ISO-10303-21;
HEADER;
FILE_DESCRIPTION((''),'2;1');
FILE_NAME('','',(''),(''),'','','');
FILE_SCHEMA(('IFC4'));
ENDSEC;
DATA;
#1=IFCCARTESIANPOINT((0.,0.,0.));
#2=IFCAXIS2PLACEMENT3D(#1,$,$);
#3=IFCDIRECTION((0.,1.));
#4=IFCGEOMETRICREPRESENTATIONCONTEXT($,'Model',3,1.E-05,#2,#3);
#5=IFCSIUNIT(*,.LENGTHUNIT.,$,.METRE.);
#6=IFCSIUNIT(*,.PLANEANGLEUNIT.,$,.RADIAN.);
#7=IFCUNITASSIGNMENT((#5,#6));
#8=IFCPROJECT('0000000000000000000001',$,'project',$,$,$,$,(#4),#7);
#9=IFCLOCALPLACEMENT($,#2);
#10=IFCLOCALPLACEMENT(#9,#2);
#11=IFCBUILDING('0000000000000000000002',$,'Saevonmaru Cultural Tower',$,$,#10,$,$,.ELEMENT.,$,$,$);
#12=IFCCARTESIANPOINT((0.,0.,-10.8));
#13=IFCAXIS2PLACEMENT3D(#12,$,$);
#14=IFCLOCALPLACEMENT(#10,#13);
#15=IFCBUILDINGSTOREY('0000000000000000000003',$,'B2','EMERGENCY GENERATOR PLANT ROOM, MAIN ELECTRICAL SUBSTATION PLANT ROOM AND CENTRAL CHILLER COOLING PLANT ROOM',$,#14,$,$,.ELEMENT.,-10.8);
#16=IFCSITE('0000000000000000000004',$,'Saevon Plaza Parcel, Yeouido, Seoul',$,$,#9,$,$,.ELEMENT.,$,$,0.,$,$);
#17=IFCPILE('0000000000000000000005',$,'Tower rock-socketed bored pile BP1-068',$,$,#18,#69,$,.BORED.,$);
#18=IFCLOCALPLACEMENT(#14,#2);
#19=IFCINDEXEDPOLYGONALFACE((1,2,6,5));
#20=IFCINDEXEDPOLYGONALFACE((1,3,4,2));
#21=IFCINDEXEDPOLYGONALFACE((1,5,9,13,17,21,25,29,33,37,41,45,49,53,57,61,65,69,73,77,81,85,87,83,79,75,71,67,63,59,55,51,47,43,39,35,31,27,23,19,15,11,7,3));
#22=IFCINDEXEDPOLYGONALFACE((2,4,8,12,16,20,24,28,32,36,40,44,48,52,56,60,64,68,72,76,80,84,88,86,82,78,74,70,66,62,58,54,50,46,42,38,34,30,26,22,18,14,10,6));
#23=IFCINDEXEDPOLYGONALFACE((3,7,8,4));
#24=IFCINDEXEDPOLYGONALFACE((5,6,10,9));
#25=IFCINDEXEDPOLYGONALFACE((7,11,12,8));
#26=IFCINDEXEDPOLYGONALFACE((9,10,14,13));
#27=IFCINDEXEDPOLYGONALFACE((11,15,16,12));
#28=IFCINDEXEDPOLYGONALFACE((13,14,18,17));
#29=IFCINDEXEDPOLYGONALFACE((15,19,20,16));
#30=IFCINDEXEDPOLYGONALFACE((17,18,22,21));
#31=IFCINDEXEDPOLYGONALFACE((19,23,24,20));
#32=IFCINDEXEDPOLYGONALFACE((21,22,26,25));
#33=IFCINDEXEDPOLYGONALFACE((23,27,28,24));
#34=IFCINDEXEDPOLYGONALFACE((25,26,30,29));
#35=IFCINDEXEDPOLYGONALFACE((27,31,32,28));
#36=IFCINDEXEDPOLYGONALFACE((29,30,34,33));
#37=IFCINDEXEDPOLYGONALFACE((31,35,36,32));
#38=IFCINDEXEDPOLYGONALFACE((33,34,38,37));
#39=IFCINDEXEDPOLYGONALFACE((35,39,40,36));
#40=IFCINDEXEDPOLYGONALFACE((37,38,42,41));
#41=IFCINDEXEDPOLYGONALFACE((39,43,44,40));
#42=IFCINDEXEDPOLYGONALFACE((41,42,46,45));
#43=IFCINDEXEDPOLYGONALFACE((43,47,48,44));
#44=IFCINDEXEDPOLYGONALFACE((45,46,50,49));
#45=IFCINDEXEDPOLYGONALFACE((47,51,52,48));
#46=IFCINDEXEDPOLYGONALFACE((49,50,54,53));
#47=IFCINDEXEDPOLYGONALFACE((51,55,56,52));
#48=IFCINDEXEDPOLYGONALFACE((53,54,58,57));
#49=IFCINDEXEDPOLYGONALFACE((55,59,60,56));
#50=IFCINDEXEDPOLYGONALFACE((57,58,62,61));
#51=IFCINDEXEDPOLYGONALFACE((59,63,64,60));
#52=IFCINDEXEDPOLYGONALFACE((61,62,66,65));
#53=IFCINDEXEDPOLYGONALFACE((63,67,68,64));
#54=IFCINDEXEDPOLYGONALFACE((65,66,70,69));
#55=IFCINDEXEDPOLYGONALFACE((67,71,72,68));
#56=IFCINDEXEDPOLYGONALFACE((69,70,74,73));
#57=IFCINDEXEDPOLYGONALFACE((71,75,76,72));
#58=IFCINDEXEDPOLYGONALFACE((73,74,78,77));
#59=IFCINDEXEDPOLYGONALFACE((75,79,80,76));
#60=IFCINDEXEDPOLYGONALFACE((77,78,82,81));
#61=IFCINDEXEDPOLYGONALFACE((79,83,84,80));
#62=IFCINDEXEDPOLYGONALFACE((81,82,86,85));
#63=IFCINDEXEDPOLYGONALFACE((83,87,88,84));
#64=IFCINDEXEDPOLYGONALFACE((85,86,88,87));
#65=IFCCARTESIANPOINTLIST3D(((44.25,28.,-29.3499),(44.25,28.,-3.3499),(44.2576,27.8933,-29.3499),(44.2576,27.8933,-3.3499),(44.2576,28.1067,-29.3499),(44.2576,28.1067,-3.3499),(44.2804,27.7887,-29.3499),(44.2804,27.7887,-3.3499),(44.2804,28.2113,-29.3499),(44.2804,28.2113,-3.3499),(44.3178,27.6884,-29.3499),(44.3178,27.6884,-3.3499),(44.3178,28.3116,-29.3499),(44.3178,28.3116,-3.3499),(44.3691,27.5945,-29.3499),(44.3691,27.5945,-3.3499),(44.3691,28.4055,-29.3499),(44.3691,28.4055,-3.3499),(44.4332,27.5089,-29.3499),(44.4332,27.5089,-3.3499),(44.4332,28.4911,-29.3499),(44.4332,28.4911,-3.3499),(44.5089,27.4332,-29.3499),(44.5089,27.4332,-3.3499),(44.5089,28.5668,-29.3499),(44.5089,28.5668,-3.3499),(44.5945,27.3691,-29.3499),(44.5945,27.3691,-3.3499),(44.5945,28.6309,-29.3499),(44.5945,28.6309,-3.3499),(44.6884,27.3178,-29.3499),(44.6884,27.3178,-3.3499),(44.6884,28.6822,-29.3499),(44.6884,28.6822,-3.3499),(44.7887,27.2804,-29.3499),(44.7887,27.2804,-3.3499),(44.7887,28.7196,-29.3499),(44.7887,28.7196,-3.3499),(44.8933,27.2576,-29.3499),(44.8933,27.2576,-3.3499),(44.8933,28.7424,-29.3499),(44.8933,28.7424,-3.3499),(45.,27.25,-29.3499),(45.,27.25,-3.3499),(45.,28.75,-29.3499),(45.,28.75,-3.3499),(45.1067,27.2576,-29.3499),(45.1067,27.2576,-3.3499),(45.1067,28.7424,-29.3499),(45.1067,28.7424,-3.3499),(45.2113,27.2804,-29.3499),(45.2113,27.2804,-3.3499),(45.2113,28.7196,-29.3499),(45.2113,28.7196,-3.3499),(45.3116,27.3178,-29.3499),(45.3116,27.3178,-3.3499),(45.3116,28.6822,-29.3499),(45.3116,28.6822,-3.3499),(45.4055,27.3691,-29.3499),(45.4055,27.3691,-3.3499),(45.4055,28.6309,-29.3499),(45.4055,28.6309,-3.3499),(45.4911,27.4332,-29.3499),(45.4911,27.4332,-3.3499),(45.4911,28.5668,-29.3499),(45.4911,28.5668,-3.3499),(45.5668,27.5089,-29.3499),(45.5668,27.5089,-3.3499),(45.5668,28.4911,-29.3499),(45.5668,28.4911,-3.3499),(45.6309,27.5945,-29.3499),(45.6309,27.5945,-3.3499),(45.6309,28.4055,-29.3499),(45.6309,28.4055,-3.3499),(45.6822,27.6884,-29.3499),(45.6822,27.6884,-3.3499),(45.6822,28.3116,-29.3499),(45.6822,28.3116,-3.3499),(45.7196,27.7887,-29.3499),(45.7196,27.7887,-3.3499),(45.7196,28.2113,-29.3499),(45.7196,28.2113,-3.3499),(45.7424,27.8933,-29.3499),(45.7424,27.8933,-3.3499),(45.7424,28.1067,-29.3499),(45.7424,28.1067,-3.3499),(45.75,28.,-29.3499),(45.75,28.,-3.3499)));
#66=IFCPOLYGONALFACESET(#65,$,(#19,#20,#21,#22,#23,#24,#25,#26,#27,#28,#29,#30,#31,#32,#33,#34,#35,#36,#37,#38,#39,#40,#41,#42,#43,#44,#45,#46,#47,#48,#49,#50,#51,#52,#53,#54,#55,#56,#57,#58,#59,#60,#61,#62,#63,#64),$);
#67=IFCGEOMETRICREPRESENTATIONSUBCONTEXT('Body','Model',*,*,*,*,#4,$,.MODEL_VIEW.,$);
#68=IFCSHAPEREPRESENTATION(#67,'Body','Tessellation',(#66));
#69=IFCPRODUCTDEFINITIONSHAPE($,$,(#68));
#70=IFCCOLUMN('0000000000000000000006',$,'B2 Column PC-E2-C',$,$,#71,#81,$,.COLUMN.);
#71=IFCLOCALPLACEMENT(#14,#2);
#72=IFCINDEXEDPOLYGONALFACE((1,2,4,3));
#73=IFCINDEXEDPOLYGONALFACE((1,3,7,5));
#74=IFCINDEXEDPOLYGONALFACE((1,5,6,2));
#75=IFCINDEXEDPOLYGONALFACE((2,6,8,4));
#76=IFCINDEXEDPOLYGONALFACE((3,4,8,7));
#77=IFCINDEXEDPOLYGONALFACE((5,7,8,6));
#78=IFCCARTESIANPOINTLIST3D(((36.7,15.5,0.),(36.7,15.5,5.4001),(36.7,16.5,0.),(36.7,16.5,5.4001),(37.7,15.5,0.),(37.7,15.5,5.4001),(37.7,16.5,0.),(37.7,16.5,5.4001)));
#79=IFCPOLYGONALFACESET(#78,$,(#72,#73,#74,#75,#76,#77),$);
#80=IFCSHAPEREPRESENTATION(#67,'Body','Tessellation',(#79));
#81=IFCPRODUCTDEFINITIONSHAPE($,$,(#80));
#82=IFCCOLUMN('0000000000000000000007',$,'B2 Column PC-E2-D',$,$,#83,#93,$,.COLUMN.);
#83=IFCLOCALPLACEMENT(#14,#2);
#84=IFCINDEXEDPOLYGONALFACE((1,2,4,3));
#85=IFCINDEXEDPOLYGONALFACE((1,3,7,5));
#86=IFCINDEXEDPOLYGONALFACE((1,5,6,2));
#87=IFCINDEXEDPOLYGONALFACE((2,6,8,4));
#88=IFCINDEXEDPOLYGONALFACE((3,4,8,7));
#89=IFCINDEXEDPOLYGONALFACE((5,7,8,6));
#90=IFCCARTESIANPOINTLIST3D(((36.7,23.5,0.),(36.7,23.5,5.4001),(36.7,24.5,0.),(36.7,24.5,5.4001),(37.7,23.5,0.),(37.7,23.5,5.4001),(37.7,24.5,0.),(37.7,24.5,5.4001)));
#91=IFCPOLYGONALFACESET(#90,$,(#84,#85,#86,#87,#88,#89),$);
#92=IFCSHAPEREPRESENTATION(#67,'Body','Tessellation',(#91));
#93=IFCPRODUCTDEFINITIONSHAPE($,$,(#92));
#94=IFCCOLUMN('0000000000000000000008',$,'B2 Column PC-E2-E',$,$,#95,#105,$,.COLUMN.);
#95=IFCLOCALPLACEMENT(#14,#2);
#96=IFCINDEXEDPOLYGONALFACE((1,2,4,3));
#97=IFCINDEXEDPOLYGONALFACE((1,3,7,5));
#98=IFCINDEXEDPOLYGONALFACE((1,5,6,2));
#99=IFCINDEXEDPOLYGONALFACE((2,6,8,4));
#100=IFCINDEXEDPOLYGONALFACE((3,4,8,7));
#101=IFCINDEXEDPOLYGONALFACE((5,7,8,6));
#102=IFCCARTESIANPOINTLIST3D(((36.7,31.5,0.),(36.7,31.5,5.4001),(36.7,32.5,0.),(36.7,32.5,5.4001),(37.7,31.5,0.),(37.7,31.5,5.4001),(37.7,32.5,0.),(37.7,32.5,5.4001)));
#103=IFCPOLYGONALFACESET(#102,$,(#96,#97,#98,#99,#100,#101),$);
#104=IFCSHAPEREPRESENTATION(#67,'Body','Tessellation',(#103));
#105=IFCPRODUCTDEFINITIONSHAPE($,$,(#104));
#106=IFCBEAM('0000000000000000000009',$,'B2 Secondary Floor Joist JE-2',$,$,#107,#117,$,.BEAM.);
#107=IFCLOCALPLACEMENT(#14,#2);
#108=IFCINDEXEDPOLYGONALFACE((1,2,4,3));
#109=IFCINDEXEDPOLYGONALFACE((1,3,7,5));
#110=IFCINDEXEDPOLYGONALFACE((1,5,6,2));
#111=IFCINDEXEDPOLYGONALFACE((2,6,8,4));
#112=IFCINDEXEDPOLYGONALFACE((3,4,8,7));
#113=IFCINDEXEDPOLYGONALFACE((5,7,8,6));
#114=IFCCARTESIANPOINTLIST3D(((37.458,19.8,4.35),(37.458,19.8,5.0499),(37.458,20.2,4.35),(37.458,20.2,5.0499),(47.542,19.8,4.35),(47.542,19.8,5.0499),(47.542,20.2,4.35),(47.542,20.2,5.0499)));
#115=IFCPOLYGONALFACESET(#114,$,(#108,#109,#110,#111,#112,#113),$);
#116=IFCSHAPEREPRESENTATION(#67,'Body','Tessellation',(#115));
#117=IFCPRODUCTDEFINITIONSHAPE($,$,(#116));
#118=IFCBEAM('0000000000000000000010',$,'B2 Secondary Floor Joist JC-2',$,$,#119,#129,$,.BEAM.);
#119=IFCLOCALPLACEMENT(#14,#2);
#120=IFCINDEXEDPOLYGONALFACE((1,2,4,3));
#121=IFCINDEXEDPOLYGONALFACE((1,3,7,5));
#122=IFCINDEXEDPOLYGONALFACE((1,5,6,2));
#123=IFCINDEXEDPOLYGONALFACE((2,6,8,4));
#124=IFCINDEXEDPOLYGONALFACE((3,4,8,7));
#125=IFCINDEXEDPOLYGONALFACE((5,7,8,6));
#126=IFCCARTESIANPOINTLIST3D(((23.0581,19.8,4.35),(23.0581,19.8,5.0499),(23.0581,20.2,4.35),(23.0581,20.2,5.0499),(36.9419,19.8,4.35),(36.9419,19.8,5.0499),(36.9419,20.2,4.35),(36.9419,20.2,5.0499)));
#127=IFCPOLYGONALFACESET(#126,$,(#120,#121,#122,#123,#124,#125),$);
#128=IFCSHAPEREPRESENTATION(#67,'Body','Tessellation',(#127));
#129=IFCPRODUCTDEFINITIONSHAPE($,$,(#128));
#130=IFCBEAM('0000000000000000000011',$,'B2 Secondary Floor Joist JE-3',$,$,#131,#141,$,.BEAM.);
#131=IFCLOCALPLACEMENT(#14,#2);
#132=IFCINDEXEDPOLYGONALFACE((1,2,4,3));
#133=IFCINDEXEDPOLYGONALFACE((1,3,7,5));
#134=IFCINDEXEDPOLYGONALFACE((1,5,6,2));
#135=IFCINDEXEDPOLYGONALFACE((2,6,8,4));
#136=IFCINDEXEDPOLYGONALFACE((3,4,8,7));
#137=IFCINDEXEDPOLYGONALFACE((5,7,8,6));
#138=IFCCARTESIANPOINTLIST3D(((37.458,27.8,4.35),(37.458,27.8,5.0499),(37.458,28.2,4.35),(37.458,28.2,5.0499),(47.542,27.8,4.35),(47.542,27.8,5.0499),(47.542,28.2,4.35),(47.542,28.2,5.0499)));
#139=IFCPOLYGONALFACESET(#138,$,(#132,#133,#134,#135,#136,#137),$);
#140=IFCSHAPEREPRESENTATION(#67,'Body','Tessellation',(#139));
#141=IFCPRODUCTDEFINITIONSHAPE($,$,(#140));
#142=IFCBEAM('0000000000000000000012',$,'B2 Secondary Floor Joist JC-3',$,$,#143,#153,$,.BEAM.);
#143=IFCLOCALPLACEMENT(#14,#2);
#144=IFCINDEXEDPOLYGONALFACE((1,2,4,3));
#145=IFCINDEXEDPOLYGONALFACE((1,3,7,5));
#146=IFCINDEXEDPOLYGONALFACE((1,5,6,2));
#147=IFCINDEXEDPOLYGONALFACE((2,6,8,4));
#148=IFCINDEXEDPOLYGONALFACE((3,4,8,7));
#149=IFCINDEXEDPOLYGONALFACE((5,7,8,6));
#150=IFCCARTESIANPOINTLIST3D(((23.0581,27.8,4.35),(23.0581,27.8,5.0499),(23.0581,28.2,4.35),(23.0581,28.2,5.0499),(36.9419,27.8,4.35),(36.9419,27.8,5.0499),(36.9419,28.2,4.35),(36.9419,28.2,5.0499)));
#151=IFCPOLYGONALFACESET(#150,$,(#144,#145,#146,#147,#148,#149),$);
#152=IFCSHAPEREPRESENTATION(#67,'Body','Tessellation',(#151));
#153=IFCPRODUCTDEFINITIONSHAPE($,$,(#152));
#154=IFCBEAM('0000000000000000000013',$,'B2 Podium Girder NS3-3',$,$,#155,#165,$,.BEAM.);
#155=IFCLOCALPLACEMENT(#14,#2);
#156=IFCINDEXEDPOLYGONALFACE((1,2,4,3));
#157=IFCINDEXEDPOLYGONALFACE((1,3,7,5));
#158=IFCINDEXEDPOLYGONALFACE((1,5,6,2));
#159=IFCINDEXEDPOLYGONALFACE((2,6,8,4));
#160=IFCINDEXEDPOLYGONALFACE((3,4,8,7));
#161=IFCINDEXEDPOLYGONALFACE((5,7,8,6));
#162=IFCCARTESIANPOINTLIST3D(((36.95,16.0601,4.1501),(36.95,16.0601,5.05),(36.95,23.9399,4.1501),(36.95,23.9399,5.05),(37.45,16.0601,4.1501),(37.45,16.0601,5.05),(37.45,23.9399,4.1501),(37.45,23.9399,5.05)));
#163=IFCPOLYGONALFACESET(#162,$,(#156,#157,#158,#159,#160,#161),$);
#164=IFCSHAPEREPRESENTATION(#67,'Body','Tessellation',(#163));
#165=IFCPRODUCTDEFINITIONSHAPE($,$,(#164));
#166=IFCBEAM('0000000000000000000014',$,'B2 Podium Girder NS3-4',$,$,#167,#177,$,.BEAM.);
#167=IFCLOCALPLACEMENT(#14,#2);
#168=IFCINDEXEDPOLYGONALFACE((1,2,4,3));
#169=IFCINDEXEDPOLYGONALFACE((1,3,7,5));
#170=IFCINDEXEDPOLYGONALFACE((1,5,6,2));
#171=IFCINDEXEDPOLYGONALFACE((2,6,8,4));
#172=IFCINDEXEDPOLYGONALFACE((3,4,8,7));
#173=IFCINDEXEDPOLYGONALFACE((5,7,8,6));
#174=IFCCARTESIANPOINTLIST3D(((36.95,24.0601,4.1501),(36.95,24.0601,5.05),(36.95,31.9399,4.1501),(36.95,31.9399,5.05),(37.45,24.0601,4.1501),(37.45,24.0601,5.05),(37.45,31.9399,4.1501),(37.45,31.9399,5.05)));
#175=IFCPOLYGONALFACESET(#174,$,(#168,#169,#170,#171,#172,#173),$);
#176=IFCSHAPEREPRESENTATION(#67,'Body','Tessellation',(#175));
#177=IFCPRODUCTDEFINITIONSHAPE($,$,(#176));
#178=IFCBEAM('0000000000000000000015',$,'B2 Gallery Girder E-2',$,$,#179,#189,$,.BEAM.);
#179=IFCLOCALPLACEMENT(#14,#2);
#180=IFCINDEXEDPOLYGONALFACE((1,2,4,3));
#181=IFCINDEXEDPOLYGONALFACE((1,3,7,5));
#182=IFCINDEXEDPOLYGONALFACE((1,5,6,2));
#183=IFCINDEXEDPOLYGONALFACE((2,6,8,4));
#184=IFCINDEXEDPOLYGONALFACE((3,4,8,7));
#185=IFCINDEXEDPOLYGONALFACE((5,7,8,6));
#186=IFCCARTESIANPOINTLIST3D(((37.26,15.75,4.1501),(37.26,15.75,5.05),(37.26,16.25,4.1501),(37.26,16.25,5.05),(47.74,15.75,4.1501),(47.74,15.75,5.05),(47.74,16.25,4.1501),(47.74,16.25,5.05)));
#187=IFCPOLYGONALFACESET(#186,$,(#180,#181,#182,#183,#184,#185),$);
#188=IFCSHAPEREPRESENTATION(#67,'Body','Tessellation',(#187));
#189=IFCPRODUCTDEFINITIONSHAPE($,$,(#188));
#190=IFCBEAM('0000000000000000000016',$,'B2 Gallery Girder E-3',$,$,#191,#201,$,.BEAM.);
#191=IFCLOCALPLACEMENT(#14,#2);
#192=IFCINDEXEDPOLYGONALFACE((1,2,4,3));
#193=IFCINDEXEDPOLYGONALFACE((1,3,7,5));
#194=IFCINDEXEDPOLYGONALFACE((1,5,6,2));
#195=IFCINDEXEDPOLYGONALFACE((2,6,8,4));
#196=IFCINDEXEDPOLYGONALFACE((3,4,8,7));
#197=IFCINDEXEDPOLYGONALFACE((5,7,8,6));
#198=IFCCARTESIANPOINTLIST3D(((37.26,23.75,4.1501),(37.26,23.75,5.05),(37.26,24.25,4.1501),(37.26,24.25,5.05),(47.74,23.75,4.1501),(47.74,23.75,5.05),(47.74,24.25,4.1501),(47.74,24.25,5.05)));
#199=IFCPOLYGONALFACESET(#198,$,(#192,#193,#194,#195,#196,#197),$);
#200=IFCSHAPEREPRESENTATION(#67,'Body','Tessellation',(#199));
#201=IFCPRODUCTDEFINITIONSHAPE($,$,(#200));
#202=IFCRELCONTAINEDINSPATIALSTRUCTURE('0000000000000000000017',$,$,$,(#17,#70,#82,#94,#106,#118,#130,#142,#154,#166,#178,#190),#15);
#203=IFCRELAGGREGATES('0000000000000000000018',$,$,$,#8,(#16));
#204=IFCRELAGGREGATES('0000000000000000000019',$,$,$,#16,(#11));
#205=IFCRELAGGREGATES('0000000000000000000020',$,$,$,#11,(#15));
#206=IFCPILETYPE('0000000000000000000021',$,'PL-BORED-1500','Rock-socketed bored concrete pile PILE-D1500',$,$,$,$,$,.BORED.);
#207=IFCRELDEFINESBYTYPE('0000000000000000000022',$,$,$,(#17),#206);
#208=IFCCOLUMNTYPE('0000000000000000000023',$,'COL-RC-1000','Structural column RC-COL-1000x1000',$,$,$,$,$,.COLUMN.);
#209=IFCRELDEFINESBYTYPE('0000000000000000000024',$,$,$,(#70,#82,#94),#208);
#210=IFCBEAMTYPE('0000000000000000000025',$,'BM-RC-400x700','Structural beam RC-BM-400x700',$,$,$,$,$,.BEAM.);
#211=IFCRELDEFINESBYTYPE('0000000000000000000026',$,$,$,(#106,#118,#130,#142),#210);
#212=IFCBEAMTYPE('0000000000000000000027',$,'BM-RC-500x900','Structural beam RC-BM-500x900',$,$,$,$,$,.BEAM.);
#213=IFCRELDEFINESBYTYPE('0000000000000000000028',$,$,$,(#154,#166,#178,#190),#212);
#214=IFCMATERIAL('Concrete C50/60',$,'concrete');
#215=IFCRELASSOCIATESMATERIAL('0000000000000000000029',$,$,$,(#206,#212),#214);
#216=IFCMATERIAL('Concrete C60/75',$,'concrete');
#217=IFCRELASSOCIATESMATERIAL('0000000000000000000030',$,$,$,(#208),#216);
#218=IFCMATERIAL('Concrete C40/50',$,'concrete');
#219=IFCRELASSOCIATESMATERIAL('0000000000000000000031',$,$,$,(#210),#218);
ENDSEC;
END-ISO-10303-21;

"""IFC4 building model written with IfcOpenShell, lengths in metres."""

from ifc_helpers import new_model, si_unit, direction, frame, origin, origin_2d, place, context, subcontext, project, spatial, rectangle, circle, extrude, material, material_profile, profile_set, type_object, element, save


model = new_model("IFC4")

# Units and contexts
model_context = context("Model", 3, precision=1e-05, world=origin(), true_north=direction((0.0, 1.0)))
body_context = subcontext(model_context, "Body", "Model", "MODEL_VIEW")
ifc_project = project(units=[si_unit("LENGTHUNIT", "METRE"), si_unit("PLANEANGLEUNIT", "RADIAN")], contexts=[model_context])

# Site, building, storey
site_placement = place(None, origin())
site = spatial("IfcSite", under=ifc_project, at=site_placement, Name="Saevon Plaza Parcel, Yeouido, Seoul", CompositionType="ELEMENT", RefElevation=0.0)
building_placement = place(site_placement, origin())
building = spatial("IfcBuilding", under=site, at=building_placement, Name="Saevonmaru Cultural Tower", CompositionType="ELEMENT")
storey_placement = place(building_placement, frame((0.0, 0.0, -10.8)))
storey = spatial("IfcBuildingStorey", under=building, at=storey_placement, Name="B2", Description="EMERGENCY GENERATOR PLANT ROOM, MAIN ELECTRICAL SUBSTATION PLANT ROOM AND CENTRAL CHILLER COOLING PLANT ROOM", CompositionType="ELEMENT", Elevation=-10.8)

# Pile
ifc_material_1 = material(Name="Concrete C50/60", Category="concrete")
ifc_material_profile_1 = material_profile(ifc_material_1, circle(Radius=0.75, at=origin_2d()), Name="PILE-D1500")
ifc_profile_set_1 = profile_set([ifc_material_profile_1], Name="Concrete C50/60")
pile_type = type_object("IfcPileType", Name="PL-BORED-1500", Description="Rock-socketed bored concrete pile PILE-D1500", PredefinedType="BORED", material=ifc_profile_set_1)
for number, where, z_axis, x_axis, name in (
    (1, (45.0, 28.0, -3.3499), (0.0, 0.0, -1.0), (1.0, 0.0, 0.0), "Tower rock-socketed bored pile BP1-068"),
):
    element("IfcPile", number, at=place(storey_placement, frame(where, z_axis=z_axis, x_axis=x_axis)), inside=storey, type_object=pile_type, Name=name, PredefinedType="BORED", context=body_context, shape_type="SweptSolid", body=[
        extrude(circle(Radius=0.75, at=origin_2d()), origin(), (0.0, 0.0, 1.0), 26.0),
    ])

# Columns
ifc_material_2 = material(Name="Concrete C60/75", Category="concrete")
ifc_material_profile_2 = material_profile(ifc_material_2, rectangle(XDim=1.0, YDim=1.0, at=origin_2d()), Name="RC-COL-1000x1000")
ifc_profile_set_2 = profile_set([ifc_material_profile_2], Name="Concrete C60/75")
column_type = type_object("IfcColumnType", Name="COL-RC-1000", Description="Structural column RC-COL-1000x1000", PredefinedType="COLUMN", material=ifc_profile_set_2)
for number, where, z_axis, x_axis, name in (
    (2, (37.2, 16.0, 0.0), (0.0, 0.0, 1.0), (1.0, 0.0, 0.0), "B2 Column PC-E2-C"),
    (3, (37.2, 24.0, 0.0), (0.0, 0.0, 1.0), (1.0, 0.0, 0.0), "B2 Column PC-E2-D"),
    (4, (37.2, 32.0, 0.0), (0.0, 0.0, 1.0), (1.0, 0.0, 0.0), "B2 Column PC-E2-E"),
):
    element("IfcColumn", number, at=place(storey_placement, frame(where, z_axis=z_axis, x_axis=x_axis)), inside=storey, type_object=column_type, Name=name, PredefinedType="COLUMN", context=body_context, shape_type="SweptSolid", body=[
        extrude(rectangle(XDim=1.0, YDim=1.0, at=origin_2d()), origin(), (0.0, 0.0, 1.0), 5.4001),
    ])

# Beams
ifc_material_3 = material(Name="Concrete C40/50", Category="concrete")
ifc_material_profile_3 = material_profile(ifc_material_3, rectangle(XDim=0.3999, YDim=0.7, at=origin_2d()), Name="RC-BM-400x700")
ifc_profile_set_3 = profile_set([ifc_material_profile_3], Name="Concrete C40/50")
beam_type_1 = type_object("IfcBeamType", Name="BM-RC-400x700", Description="Structural beam RC-BM-400x700", PredefinedType="BEAM", material=ifc_profile_set_3)
beam_1_placement = place(storey_placement, frame((37.458, 20.0, 4.7), z_axis=(1.0, 0.0, 0.0), x_axis=(0.0, 1.0, 0.0)))
element("IfcBeam", 5, at=beam_1_placement, inside=storey, type_object=beam_type_1, Name="B2 Secondary Floor Joist JE-2", PredefinedType="BEAM", context=body_context, shape_type="SweptSolid", body=[
    extrude(rectangle(XDim=0.3999, YDim=0.7, at=origin_2d()), origin(), (0.0, 0.0, 1.0), 10.084),
])
beam_2_placement = place(storey_placement, frame((23.0581, 20.0, 4.7), z_axis=(1.0, 0.0, 0.0), x_axis=(0.0, 1.0, 0.0)))
element("IfcBeam", 6, at=beam_2_placement, inside=storey, type_object=beam_type_1, Name="B2 Secondary Floor Joist JC-2", PredefinedType="BEAM", context=body_context, shape_type="SweptSolid", body=[
    extrude(rectangle(XDim=0.3999, YDim=0.7, at=origin_2d()), origin(), (0.0, 0.0, 1.0), 13.8838),
])
beam_3_placement = place(storey_placement, frame((37.458, 28.0, 4.7), z_axis=(1.0, 0.0, 0.0), x_axis=(0.0, 1.0, 0.0)))
element("IfcBeam", 7, at=beam_3_placement, inside=storey, type_object=beam_type_1, Name="B2 Secondary Floor Joist JE-3", PredefinedType="BEAM", context=body_context, shape_type="SweptSolid", body=[
    extrude(rectangle(XDim=0.3999, YDim=0.7, at=origin_2d()), origin(), (0.0, 0.0, 1.0), 10.084),
])
beam_4_placement = place(storey_placement, frame((23.0581, 28.0, 4.7), z_axis=(1.0, 0.0, 0.0), x_axis=(0.0, 1.0, 0.0)))
element("IfcBeam", 8, at=beam_4_placement, inside=storey, type_object=beam_type_1, Name="B2 Secondary Floor Joist JC-3", PredefinedType="BEAM", context=body_context, shape_type="SweptSolid", body=[
    extrude(rectangle(XDim=0.3999, YDim=0.7, at=origin_2d()), origin(), (0.0, 0.0, 1.0), 13.8838),
])
ifc_material_profile_4 = material_profile(ifc_material_1, rectangle(XDim=0.5, YDim=0.8999, at=origin_2d()), Name="RC-BM-500x900")
ifc_profile_set_4 = profile_set([ifc_material_profile_4], Name="Concrete C50/60")
beam_type_2 = type_object("IfcBeamType", Name="BM-RC-500x900", Description="Structural beam RC-BM-500x900", PredefinedType="BEAM", material=ifc_profile_set_4)
for number, where, z_axis, x_axis, name in (
    (9, (37.2, 16.0601, 4.6001), (0.0, 1.0, 0.0), (-1.0, 0.0, 0.0), "B2 Podium Girder NS3-3"),
    (10, (37.2, 24.0601, 4.6001), (0.0, 1.0, 0.0), (-1.0, 0.0, 0.0), "B2 Podium Girder NS3-4"),
):
    element("IfcBeam", number, at=place(storey_placement, frame(where, z_axis=z_axis, x_axis=x_axis)), inside=storey, type_object=beam_type_2, Name=name, PredefinedType="BEAM", context=body_context, shape_type="SweptSolid", body=[
        extrude(rectangle(XDim=0.5, YDim=0.8999, at=origin_2d()), origin(), (0.0, 0.0, 1.0), 7.8799),
    ])
for number, where, z_axis, x_axis, name in (
    (11, (37.26, 16.0, 4.6001), (1.0, 0.0, 0.0), (0.0, 1.0, 0.0), "B2 Gallery Girder E-2"),
    (12, (37.26, 24.0, 4.6001), (1.0, 0.0, 0.0), (0.0, 1.0, 0.0), "B2 Gallery Girder E-3"),
):
    element("IfcBeam", number, at=place(storey_placement, frame(where, z_axis=z_axis, x_axis=x_axis)), inside=storey, type_object=beam_type_2, Name=name, PredefinedType="BEAM", context=body_context, shape_type="SweptSolid", body=[
        extrude(rectangle(XDim=0.5, YDim=0.8999, at=origin_2d()), origin(), (0.0, 0.0, 1.0), 10.48),
    ])

save(model, "model.ifc")
